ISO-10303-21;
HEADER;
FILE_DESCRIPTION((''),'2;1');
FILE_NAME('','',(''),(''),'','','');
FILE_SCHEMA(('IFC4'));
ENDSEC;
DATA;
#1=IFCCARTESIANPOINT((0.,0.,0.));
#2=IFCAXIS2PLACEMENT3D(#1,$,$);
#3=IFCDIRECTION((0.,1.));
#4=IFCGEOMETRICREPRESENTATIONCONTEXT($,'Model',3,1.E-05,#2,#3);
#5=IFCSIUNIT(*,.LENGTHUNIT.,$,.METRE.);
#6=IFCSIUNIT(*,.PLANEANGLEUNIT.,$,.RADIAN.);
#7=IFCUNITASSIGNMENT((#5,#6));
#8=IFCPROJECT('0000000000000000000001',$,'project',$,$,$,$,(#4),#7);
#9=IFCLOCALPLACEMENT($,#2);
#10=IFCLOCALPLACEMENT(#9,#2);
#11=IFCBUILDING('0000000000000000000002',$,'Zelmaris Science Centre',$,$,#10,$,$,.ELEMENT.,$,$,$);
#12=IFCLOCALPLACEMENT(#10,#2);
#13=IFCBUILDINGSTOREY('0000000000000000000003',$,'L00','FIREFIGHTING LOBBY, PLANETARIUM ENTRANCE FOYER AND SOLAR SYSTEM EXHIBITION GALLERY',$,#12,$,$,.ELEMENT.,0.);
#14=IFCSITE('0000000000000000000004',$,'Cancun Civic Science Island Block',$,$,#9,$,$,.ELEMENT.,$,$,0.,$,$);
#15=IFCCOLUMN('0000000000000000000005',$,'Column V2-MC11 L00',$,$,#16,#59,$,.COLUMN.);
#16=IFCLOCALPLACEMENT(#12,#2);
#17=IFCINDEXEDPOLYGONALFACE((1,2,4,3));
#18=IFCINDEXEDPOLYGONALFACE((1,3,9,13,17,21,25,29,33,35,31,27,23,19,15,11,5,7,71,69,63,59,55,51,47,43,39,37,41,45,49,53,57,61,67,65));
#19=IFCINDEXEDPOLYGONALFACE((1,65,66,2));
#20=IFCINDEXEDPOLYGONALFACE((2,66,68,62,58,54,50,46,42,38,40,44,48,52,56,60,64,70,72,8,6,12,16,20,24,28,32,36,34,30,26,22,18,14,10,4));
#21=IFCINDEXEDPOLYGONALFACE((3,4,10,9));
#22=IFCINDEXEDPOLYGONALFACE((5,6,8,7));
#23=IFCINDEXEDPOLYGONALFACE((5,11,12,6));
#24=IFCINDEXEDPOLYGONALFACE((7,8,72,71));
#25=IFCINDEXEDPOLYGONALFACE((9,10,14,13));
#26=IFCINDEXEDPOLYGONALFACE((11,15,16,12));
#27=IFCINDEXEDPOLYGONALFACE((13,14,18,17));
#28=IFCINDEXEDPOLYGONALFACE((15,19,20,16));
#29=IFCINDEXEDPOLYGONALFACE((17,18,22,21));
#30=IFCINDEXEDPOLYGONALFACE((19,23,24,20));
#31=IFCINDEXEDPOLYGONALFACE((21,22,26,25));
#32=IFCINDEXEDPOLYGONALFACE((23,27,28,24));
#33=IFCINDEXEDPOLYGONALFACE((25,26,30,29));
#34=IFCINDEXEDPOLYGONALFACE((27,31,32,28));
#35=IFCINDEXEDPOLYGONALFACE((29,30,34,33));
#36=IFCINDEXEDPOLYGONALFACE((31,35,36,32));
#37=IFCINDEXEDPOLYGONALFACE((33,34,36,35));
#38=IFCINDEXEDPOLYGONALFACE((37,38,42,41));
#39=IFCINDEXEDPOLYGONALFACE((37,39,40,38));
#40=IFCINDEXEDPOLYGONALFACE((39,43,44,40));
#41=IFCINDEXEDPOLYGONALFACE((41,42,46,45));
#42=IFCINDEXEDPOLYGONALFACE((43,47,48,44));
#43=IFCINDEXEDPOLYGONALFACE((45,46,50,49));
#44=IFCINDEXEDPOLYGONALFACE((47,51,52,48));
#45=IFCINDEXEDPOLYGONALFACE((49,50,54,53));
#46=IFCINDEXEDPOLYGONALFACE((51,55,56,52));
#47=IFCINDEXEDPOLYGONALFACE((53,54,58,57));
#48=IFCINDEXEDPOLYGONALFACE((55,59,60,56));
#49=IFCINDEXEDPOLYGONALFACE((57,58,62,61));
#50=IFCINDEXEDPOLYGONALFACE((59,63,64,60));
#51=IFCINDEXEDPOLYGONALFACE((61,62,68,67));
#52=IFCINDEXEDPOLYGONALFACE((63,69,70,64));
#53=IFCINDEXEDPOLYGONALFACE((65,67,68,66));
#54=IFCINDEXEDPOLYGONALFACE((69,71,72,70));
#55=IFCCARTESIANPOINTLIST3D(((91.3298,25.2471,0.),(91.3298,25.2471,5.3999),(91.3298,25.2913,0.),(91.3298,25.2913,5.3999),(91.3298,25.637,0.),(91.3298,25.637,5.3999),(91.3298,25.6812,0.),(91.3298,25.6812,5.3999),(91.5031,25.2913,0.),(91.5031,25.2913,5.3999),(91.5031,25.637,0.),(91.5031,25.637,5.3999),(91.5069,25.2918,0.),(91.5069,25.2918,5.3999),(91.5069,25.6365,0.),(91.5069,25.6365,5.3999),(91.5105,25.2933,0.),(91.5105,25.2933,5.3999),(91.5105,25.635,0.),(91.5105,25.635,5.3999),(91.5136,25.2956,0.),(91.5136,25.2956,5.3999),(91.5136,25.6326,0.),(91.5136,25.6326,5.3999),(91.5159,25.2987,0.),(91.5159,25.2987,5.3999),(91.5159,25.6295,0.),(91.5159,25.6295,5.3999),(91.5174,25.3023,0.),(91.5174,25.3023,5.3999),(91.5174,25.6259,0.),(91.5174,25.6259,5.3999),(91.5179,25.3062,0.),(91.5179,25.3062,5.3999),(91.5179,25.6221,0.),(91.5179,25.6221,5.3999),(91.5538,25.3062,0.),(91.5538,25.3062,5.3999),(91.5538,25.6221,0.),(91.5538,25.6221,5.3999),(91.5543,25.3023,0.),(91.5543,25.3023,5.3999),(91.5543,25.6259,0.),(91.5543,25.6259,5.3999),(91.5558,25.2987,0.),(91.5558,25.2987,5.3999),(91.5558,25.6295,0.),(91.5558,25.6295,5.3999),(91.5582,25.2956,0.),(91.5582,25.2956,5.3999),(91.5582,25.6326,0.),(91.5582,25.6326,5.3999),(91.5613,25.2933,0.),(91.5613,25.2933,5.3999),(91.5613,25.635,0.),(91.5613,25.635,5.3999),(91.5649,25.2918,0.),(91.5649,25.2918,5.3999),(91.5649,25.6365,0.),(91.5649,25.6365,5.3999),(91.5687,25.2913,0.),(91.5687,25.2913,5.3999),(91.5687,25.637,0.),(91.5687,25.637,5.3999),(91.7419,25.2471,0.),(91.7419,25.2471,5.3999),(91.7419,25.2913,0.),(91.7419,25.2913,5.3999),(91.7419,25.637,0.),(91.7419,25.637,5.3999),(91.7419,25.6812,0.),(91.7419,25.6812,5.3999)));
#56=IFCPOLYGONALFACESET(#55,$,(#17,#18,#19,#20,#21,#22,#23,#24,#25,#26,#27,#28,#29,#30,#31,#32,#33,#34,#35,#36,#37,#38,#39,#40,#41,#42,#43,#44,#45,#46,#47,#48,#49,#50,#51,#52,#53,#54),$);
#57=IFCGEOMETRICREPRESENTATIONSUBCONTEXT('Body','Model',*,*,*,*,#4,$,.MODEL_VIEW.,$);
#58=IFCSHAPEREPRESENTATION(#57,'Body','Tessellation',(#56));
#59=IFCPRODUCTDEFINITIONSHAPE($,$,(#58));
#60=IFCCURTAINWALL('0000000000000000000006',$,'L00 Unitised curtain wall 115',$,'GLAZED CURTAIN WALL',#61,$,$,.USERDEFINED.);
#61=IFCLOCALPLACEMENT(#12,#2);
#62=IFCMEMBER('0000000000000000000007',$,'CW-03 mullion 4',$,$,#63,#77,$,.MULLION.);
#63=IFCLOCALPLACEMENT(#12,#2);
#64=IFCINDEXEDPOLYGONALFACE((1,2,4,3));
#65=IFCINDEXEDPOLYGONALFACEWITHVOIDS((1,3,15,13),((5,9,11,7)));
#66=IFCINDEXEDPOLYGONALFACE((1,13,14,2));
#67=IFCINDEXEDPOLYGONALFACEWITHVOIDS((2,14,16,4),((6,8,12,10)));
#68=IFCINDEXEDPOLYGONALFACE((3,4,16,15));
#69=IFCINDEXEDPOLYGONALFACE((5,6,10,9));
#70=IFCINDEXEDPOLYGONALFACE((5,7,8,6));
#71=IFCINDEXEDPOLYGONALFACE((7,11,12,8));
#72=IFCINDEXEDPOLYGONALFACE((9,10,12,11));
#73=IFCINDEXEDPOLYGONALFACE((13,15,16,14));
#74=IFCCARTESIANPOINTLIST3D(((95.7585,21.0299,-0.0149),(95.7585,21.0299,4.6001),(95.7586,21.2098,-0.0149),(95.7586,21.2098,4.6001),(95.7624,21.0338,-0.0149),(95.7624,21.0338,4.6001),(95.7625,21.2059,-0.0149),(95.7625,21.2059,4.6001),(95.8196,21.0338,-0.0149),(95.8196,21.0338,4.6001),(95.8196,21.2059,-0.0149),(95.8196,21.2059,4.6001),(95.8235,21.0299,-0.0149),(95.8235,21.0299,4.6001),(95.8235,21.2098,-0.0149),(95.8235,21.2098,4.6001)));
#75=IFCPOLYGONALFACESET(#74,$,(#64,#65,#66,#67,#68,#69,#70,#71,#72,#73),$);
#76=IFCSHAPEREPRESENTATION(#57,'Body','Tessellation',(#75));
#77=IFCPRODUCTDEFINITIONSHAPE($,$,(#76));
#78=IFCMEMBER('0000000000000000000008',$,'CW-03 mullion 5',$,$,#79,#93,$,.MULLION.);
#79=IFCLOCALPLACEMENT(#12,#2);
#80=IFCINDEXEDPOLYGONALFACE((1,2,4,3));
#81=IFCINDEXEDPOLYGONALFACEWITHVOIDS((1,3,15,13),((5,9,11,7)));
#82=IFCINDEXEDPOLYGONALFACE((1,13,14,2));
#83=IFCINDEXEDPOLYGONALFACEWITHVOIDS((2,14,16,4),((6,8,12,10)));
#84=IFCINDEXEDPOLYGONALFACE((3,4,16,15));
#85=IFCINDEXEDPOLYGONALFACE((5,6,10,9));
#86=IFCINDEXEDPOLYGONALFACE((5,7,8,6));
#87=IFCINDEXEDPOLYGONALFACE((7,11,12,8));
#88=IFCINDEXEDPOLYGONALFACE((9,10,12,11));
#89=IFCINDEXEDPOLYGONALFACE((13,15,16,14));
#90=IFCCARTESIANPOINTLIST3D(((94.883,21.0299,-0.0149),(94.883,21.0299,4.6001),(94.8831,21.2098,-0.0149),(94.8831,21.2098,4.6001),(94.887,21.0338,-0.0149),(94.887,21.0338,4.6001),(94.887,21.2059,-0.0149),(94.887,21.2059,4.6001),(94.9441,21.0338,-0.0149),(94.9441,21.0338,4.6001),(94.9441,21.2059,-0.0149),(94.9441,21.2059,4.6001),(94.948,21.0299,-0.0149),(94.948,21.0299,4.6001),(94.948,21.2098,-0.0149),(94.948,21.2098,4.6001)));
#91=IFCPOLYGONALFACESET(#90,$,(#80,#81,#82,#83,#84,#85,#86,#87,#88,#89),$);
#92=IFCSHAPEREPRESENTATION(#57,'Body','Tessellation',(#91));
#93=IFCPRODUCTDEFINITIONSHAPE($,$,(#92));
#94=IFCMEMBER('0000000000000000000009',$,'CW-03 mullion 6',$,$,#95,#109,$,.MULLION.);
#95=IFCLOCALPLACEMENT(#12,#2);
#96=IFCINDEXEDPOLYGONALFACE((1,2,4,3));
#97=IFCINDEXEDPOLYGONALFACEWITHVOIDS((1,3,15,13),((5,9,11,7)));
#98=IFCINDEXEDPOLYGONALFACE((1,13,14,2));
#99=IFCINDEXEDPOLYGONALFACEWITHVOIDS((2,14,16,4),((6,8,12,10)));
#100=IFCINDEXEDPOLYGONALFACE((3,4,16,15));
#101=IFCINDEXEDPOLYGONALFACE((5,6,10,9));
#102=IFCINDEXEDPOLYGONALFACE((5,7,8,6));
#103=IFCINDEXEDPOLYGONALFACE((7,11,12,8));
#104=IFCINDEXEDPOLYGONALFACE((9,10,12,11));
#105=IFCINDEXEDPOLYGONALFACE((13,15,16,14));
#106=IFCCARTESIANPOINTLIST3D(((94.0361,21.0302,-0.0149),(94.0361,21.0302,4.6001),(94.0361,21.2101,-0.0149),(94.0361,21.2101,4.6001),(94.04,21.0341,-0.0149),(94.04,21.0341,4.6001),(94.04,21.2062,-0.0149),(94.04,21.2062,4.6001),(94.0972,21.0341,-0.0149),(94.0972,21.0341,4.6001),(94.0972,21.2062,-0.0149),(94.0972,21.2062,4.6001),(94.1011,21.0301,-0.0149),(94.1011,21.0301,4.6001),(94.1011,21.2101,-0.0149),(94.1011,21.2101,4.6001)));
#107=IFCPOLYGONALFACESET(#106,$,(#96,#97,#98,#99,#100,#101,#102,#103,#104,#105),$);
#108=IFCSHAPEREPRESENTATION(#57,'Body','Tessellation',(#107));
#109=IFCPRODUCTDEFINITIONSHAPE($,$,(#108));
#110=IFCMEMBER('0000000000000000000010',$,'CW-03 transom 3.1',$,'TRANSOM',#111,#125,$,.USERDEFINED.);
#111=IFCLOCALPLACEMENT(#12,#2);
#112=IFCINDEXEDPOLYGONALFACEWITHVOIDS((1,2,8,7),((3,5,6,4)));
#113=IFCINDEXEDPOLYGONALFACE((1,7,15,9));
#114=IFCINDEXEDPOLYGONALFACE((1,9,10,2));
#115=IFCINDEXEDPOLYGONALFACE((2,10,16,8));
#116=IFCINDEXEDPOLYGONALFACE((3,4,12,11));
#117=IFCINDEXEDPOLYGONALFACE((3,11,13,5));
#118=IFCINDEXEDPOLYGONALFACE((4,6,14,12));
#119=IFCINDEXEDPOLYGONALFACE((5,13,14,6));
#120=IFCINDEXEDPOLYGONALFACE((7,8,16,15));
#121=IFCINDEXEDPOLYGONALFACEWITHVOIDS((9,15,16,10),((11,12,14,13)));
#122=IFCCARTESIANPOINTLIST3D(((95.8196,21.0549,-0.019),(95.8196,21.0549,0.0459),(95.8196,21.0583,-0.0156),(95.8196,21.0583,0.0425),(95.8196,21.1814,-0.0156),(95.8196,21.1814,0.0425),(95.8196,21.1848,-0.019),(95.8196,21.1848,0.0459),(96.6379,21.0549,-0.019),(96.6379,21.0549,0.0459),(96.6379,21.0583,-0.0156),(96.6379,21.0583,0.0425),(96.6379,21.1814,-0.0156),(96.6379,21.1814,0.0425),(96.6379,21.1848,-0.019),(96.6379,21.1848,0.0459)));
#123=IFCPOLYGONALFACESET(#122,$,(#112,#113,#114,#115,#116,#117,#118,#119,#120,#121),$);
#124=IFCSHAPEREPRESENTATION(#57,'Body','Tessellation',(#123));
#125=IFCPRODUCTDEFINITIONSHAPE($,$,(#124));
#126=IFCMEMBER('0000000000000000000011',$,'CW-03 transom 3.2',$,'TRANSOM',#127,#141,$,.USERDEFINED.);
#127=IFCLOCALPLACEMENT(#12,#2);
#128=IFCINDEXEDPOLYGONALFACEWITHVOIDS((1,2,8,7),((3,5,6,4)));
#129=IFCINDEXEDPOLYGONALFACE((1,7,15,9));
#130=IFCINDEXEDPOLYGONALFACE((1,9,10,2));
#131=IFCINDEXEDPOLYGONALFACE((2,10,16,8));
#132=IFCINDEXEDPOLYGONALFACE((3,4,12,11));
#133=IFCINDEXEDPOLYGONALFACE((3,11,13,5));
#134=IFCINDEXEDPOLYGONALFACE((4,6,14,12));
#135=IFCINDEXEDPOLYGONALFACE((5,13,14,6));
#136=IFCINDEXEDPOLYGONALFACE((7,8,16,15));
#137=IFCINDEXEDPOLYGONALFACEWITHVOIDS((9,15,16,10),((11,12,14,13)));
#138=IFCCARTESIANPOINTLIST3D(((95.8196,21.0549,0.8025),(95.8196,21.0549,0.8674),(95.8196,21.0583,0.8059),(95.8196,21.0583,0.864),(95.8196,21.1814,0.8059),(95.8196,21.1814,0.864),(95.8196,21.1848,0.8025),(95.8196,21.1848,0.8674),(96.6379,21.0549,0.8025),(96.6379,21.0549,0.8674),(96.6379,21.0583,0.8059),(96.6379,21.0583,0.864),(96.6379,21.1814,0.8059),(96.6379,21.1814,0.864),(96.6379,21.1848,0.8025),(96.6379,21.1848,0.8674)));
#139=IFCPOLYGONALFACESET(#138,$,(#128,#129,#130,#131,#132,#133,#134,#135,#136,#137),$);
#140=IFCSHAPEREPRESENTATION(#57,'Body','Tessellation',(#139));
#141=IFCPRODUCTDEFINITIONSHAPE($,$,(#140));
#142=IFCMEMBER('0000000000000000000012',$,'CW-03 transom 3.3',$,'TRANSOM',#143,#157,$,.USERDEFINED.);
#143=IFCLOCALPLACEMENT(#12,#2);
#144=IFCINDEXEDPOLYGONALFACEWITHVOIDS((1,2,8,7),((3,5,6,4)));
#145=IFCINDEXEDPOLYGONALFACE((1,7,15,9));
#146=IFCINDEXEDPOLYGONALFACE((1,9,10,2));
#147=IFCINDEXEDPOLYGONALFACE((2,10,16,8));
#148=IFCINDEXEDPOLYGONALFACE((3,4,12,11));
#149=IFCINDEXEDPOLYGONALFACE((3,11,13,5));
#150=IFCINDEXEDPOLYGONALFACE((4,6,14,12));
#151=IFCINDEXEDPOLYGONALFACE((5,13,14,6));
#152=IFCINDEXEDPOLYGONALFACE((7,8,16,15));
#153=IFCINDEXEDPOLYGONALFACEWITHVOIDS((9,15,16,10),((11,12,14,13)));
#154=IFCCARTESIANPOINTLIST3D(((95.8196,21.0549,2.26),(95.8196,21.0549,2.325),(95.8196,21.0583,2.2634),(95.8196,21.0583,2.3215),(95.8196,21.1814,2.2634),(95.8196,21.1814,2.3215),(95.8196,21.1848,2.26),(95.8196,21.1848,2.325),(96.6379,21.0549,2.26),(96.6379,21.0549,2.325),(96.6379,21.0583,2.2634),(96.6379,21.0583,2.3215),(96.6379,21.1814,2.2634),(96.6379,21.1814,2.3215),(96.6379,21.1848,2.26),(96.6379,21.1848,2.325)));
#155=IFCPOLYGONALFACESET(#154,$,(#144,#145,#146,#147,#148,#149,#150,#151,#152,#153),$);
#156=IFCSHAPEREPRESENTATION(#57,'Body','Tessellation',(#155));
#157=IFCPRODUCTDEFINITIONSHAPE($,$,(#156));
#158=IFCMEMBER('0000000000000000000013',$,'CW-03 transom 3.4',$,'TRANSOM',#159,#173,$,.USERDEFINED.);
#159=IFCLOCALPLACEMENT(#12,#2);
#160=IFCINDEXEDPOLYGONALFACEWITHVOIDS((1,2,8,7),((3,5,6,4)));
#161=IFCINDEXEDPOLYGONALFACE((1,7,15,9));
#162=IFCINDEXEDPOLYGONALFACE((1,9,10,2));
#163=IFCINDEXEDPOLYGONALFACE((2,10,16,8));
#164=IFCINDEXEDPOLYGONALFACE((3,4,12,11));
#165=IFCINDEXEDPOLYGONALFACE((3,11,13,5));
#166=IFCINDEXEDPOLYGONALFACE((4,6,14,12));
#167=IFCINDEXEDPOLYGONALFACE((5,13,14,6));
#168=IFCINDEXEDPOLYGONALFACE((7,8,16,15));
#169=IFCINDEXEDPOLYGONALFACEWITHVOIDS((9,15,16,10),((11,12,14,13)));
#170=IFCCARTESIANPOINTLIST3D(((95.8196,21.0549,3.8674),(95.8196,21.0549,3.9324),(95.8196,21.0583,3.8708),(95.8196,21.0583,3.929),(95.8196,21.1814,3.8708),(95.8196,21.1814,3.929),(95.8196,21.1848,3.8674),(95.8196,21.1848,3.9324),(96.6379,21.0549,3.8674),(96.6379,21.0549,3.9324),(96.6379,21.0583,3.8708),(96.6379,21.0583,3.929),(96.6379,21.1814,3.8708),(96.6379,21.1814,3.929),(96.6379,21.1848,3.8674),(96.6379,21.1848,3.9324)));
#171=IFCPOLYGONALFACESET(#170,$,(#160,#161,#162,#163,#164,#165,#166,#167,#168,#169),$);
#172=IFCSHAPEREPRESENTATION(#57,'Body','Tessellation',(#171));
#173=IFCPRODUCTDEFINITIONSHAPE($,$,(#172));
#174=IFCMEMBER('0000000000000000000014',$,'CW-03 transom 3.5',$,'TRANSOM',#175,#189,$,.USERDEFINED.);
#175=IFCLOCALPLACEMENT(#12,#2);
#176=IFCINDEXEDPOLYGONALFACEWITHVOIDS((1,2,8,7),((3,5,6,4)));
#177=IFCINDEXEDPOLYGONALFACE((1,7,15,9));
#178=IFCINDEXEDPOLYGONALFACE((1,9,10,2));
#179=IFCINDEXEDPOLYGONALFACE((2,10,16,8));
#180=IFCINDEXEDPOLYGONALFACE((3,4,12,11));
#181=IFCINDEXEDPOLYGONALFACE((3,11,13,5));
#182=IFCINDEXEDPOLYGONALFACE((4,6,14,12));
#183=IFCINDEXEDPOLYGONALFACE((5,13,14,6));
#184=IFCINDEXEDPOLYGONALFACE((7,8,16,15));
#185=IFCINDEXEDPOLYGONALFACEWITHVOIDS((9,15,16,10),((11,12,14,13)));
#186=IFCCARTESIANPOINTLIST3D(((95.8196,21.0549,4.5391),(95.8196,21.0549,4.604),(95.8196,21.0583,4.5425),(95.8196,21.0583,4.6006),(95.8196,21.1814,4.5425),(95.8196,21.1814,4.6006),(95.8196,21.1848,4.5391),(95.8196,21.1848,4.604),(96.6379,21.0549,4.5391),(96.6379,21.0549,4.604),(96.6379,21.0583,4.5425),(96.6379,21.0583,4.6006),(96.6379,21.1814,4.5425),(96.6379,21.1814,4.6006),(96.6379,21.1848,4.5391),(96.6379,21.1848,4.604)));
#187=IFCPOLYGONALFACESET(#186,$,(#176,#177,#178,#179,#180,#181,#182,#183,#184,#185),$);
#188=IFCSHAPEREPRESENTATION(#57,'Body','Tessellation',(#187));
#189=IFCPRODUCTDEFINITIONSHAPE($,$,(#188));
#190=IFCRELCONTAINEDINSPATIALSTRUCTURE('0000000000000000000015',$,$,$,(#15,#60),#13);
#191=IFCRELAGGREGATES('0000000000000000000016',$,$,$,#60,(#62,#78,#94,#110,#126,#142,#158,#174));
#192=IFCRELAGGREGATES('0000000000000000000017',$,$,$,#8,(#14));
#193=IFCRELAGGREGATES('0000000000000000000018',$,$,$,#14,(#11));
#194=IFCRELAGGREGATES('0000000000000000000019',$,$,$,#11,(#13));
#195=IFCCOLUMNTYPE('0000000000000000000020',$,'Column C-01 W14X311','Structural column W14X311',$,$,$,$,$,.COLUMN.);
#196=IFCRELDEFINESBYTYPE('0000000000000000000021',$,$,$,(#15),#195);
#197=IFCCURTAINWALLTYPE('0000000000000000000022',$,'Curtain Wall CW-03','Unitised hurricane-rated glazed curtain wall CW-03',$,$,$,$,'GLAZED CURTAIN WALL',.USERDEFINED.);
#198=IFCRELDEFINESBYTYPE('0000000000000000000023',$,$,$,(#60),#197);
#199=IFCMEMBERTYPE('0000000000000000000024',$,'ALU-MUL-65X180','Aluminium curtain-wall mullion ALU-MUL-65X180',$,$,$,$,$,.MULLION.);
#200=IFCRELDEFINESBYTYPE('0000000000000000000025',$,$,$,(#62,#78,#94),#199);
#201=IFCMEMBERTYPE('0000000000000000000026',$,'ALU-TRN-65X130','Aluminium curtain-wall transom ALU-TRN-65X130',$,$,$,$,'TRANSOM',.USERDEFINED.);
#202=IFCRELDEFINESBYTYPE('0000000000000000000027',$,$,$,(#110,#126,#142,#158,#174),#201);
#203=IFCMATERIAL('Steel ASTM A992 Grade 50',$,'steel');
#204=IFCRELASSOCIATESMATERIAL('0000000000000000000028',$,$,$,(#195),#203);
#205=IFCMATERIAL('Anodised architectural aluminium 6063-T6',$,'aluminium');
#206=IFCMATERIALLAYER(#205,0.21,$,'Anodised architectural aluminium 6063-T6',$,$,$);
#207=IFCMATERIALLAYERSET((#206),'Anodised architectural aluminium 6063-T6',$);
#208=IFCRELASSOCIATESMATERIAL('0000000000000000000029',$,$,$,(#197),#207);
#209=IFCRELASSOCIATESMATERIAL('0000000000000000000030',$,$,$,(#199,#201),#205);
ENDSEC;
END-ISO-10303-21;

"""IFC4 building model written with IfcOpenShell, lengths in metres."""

from ifc_helpers import new_model, si_unit, direction, frame, origin, origin_2d, place, context, subcontext, project, spatial, hollow_rectangle, i_section, extrude, material, layer, layer_set, material_profile, profile_set, type_object, element, aggregate, save


model = new_model("IFC4")

# Units and contexts
model_context = context("Model", 3, precision=1e-05, world=origin(), true_north=direction((0.0, 1.0)))
body_context = subcontext(model_context, "Body", "Model", "MODEL_VIEW")
ifc_project = project(units=[si_unit("LENGTHUNIT", "METRE"), si_unit("PLANEANGLEUNIT", "RADIAN")], contexts=[model_context])

# Site, building, storey
site_placement = place(None, origin())
site = spatial("IfcSite", under=ifc_project, at=site_placement, Name="Cancun Civic Science Island Block", CompositionType="ELEMENT", RefElevation=0.0)
building_placement = place(site_placement, origin())
building = spatial("IfcBuilding", under=site, at=building_placement, Name="Zelmaris Science Centre", CompositionType="ELEMENT")
storey_placement = place(building_placement, origin())
storey = spatial("IfcBuildingStorey", under=building, at=storey_placement, Name="L00", Description="FIREFIGHTING LOBBY, PLANETARIUM ENTRANCE FOYER AND SOLAR SYSTEM EXHIBITION GALLERY", CompositionType="ELEMENT", Elevation=0.0)

# Column
ifc_material_1 = material(Name="Steel ASTM A992 Grade 50", Category="steel")
ifc_material_profile_1 = material_profile(ifc_material_1, i_section(OverallWidth=0.4121, OverallDepth=0.4341, WebThickness=0.0359, FlangeThickness=0.0442, FilletRadius=0.0149, at=origin_2d()), Name="W14X311")
ifc_profile_set_1 = profile_set([ifc_material_profile_1], Name="Steel ASTM A992 Grade 50")
column_type = type_object("IfcColumnType", Name="Column C-01 W14X311", Description="Structural column W14X311", PredefinedType="COLUMN", material=ifc_profile_set_1)
column_placement = place(storey_placement, frame((91.5359, 25.4641, 0.0), z_axis=(0.0, 0.0, 1.0), x_axis=(1.0, 0.0, 0.0)))
element("IfcColumn", 1, at=column_placement, inside=storey, type_object=column_type, Name="Column V2-MC11 L00", PredefinedType="COLUMN", context=body_context, shape_type="SweptSolid", body=[
    extrude(i_section(OverallWidth=0.4121, OverallDepth=0.4341, WebThickness=0.0359, FlangeThickness=0.0442, FilletRadius=0.0149, at=origin_2d()), origin(), (0.0, 0.0, 1.0), 5.3999),
])

# Curtain wall, members
ifc_material_2 = material(Name="Anodised architectural aluminium 6063-T6", Category="aluminium")
ifc_layer_1 = layer(ifc_material_2, 0.21, Name="Anodised architectural aluminium 6063-T6")
ifc_layer_set_1 = layer_set([ifc_layer_1], Name="Anodised architectural aluminium 6063-T6")
curtain_wall_type = type_object("IfcCurtainWallType", Name="Curtain Wall CW-03", Description="Unitised hurricane-rated glazed curtain wall CW-03", ElementType="GLAZED CURTAIN WALL", PredefinedType="USERDEFINED", material=ifc_layer_set_1)
curtain_wall_placement = place(storey_placement, origin())
curtain_wall = element("IfcCurtainWall", 2, at=curtain_wall_placement, inside=storey, type_object=curtain_wall_type, Name="L00 Unitised curtain wall 115", ObjectType="GLAZED CURTAIN WALL", PredefinedType="USERDEFINED")
ifc_material_profile_2 = material_profile(ifc_material_2, hollow_rectangle(XDim=0.0649, YDim=0.1799, WallThickness=0.0039, at=origin_2d()), Name="ALU-MUL-65X180")
ifc_profile_set_2 = profile_set([ifc_material_profile_2], Name="Anodised architectural aluminium 6063-T6")
member_type_1 = type_object("IfcMemberType", Name="ALU-MUL-65X180", Description="Aluminium curtain-wall mullion ALU-MUL-65X180", PredefinedType="MULLION", material=ifc_profile_set_2)
member_1_placement = place(storey_placement, frame((95.791, 21.1199, -0.0149), z_axis=(0.0, 0.0, 1.0), x_axis=(-1.0, 0.000084, 0.0)))
member_1 = element("IfcMember", 3, at=member_1_placement, type_object=member_type_1, Name="CW-03 mullion 4", PredefinedType="MULLION", context=body_context, shape_type="SweptSolid", body=[
    extrude(hollow_rectangle(XDim=0.0649, YDim=0.1799, WallThickness=0.0039, at=origin_2d()), origin(), (0.0, 0.0, 1.0), 4.615),
])
member_2_placement = place(storey_placement, frame((94.9155, 21.1199, -0.0149), z_axis=(0.0, 0.0, 1.0), x_axis=(-1.0, 0.000084, 0.0)))
member_2 = element("IfcMember", 4, at=member_2_placement, type_object=member_type_1, Name="CW-03 mullion 5", PredefinedType="MULLION", context=body_context, shape_type="SweptSolid", body=[
    extrude(hollow_rectangle(XDim=0.0649, YDim=0.1799, WallThickness=0.0039, at=origin_2d()), origin(), (0.0, 0.0, 1.0), 4.615),
])
member_3_placement = place(storey_placement, frame((94.0686, 21.1201, -0.0149), z_axis=(0.0, 0.0, 1.0), x_axis=(-1.0, 0.000084, 0.0)))
member_3 = element("IfcMember", 5, at=member_3_placement, type_object=member_type_1, Name="CW-03 mullion 6", PredefinedType="MULLION", context=body_context, shape_type="SweptSolid", body=[
    extrude(hollow_rectangle(XDim=0.0649, YDim=0.1799, WallThickness=0.0039, at=origin_2d()), origin(), (0.0, 0.0, 1.0), 4.615),
])
ifc_material_profile_3 = material_profile(ifc_material_2, hollow_rectangle(XDim=0.0649, YDim=0.1299, WallThickness=0.0034, at=origin_2d()), Name="ALU-TRN-65X130")
ifc_profile_set_3 = profile_set([ifc_material_profile_3], Name="Anodised architectural aluminium 6063-T6")
member_type_2 = type_object("IfcMemberType", Name="ALU-TRN-65X130", Description="Aluminium curtain-wall transom ALU-TRN-65X130", ElementType="TRANSOM", PredefinedType="USERDEFINED", material=ifc_profile_set_3)
member_4_placement = place(storey_placement, frame((96.6379, 21.1199, 0.0134), z_axis=(-1.0, 0.0, 0.0), x_axis=(0.0, 0.0, 1.0)))
member_4 = element("IfcMember", 6, at=member_4_placement, type_object=member_type_2, Name="CW-03 transom 3.1", ObjectType="TRANSOM", PredefinedType="USERDEFINED", context=body_context, shape_type="SweptSolid", body=[
    extrude(hollow_rectangle(XDim=0.0649, YDim=0.1299, WallThickness=0.0034, at=origin_2d()), origin(), (0.0, 0.0, 1.0), 0.8184),
])
member_5_placement = place(storey_placement, frame((96.6379, 21.1199, 0.835), z_axis=(-1.0, 0.0, 0.0), x_axis=(0.0, 0.0, 1.0)))
member_5 = element("IfcMember", 7, at=member_5_placement, type_object=member_type_2, Name="CW-03 transom 3.2", ObjectType="TRANSOM", PredefinedType="USERDEFINED", context=body_context, shape_type="SweptSolid", body=[
    extrude(hollow_rectangle(XDim=0.0649, YDim=0.1299, WallThickness=0.0034, at=origin_2d()), origin(), (0.0, 0.0, 1.0), 0.8184),
])
member_6_placement = place(storey_placement, frame((96.6379, 21.1199, 2.2925), z_axis=(-1.0, 0.0, 0.0), x_axis=(0.0, 0.0, 1.0)))
member_6 = element("IfcMember", 8, at=member_6_placement, type_object=member_type_2, Name="CW-03 transom 3.3", ObjectType="TRANSOM", PredefinedType="USERDEFINED", context=body_context, shape_type="SweptSolid", body=[
    extrude(hollow_rectangle(XDim=0.0649, YDim=0.1299, WallThickness=0.0034, at=origin_2d()), origin(), (0.0, 0.0, 1.0), 0.8184),
])
member_7_placement = place(storey_placement, frame((96.6379, 21.1199, 3.8999), z_axis=(-1.0, 0.0, 0.0), x_axis=(0.0, 0.0, 1.0)))
member_7 = element("IfcMember", 9, at=member_7_placement, type_object=member_type_2, Name="CW-03 transom 3.4", ObjectType="TRANSOM", PredefinedType="USERDEFINED", context=body_context, shape_type="SweptSolid", body=[
    extrude(hollow_rectangle(XDim=0.0649, YDim=0.1299, WallThickness=0.0034, at=origin_2d()), origin(), (0.0, 0.0, 1.0), 0.8184),
])
member_8_placement = place(storey_placement, frame((96.6379, 21.1199, 4.5715), z_axis=(-1.0, 0.0, 0.0), x_axis=(0.0, 0.0, 1.0)))
member_8 = element("IfcMember", 10, at=member_8_placement, type_object=member_type_2, Name="CW-03 transom 3.5", ObjectType="TRANSOM", PredefinedType="USERDEFINED", context=body_context, shape_type="SweptSolid", body=[
    extrude(hollow_rectangle(XDim=0.0649, YDim=0.1299, WallThickness=0.0034, at=origin_2d()), origin(), (0.0, 0.0, 1.0), 0.8184),
])

aggregate(curtain_wall, [member_1, member_2, member_3, member_4, member_5, member_6, member_7, member_8])

save(model, "model.ifc")
